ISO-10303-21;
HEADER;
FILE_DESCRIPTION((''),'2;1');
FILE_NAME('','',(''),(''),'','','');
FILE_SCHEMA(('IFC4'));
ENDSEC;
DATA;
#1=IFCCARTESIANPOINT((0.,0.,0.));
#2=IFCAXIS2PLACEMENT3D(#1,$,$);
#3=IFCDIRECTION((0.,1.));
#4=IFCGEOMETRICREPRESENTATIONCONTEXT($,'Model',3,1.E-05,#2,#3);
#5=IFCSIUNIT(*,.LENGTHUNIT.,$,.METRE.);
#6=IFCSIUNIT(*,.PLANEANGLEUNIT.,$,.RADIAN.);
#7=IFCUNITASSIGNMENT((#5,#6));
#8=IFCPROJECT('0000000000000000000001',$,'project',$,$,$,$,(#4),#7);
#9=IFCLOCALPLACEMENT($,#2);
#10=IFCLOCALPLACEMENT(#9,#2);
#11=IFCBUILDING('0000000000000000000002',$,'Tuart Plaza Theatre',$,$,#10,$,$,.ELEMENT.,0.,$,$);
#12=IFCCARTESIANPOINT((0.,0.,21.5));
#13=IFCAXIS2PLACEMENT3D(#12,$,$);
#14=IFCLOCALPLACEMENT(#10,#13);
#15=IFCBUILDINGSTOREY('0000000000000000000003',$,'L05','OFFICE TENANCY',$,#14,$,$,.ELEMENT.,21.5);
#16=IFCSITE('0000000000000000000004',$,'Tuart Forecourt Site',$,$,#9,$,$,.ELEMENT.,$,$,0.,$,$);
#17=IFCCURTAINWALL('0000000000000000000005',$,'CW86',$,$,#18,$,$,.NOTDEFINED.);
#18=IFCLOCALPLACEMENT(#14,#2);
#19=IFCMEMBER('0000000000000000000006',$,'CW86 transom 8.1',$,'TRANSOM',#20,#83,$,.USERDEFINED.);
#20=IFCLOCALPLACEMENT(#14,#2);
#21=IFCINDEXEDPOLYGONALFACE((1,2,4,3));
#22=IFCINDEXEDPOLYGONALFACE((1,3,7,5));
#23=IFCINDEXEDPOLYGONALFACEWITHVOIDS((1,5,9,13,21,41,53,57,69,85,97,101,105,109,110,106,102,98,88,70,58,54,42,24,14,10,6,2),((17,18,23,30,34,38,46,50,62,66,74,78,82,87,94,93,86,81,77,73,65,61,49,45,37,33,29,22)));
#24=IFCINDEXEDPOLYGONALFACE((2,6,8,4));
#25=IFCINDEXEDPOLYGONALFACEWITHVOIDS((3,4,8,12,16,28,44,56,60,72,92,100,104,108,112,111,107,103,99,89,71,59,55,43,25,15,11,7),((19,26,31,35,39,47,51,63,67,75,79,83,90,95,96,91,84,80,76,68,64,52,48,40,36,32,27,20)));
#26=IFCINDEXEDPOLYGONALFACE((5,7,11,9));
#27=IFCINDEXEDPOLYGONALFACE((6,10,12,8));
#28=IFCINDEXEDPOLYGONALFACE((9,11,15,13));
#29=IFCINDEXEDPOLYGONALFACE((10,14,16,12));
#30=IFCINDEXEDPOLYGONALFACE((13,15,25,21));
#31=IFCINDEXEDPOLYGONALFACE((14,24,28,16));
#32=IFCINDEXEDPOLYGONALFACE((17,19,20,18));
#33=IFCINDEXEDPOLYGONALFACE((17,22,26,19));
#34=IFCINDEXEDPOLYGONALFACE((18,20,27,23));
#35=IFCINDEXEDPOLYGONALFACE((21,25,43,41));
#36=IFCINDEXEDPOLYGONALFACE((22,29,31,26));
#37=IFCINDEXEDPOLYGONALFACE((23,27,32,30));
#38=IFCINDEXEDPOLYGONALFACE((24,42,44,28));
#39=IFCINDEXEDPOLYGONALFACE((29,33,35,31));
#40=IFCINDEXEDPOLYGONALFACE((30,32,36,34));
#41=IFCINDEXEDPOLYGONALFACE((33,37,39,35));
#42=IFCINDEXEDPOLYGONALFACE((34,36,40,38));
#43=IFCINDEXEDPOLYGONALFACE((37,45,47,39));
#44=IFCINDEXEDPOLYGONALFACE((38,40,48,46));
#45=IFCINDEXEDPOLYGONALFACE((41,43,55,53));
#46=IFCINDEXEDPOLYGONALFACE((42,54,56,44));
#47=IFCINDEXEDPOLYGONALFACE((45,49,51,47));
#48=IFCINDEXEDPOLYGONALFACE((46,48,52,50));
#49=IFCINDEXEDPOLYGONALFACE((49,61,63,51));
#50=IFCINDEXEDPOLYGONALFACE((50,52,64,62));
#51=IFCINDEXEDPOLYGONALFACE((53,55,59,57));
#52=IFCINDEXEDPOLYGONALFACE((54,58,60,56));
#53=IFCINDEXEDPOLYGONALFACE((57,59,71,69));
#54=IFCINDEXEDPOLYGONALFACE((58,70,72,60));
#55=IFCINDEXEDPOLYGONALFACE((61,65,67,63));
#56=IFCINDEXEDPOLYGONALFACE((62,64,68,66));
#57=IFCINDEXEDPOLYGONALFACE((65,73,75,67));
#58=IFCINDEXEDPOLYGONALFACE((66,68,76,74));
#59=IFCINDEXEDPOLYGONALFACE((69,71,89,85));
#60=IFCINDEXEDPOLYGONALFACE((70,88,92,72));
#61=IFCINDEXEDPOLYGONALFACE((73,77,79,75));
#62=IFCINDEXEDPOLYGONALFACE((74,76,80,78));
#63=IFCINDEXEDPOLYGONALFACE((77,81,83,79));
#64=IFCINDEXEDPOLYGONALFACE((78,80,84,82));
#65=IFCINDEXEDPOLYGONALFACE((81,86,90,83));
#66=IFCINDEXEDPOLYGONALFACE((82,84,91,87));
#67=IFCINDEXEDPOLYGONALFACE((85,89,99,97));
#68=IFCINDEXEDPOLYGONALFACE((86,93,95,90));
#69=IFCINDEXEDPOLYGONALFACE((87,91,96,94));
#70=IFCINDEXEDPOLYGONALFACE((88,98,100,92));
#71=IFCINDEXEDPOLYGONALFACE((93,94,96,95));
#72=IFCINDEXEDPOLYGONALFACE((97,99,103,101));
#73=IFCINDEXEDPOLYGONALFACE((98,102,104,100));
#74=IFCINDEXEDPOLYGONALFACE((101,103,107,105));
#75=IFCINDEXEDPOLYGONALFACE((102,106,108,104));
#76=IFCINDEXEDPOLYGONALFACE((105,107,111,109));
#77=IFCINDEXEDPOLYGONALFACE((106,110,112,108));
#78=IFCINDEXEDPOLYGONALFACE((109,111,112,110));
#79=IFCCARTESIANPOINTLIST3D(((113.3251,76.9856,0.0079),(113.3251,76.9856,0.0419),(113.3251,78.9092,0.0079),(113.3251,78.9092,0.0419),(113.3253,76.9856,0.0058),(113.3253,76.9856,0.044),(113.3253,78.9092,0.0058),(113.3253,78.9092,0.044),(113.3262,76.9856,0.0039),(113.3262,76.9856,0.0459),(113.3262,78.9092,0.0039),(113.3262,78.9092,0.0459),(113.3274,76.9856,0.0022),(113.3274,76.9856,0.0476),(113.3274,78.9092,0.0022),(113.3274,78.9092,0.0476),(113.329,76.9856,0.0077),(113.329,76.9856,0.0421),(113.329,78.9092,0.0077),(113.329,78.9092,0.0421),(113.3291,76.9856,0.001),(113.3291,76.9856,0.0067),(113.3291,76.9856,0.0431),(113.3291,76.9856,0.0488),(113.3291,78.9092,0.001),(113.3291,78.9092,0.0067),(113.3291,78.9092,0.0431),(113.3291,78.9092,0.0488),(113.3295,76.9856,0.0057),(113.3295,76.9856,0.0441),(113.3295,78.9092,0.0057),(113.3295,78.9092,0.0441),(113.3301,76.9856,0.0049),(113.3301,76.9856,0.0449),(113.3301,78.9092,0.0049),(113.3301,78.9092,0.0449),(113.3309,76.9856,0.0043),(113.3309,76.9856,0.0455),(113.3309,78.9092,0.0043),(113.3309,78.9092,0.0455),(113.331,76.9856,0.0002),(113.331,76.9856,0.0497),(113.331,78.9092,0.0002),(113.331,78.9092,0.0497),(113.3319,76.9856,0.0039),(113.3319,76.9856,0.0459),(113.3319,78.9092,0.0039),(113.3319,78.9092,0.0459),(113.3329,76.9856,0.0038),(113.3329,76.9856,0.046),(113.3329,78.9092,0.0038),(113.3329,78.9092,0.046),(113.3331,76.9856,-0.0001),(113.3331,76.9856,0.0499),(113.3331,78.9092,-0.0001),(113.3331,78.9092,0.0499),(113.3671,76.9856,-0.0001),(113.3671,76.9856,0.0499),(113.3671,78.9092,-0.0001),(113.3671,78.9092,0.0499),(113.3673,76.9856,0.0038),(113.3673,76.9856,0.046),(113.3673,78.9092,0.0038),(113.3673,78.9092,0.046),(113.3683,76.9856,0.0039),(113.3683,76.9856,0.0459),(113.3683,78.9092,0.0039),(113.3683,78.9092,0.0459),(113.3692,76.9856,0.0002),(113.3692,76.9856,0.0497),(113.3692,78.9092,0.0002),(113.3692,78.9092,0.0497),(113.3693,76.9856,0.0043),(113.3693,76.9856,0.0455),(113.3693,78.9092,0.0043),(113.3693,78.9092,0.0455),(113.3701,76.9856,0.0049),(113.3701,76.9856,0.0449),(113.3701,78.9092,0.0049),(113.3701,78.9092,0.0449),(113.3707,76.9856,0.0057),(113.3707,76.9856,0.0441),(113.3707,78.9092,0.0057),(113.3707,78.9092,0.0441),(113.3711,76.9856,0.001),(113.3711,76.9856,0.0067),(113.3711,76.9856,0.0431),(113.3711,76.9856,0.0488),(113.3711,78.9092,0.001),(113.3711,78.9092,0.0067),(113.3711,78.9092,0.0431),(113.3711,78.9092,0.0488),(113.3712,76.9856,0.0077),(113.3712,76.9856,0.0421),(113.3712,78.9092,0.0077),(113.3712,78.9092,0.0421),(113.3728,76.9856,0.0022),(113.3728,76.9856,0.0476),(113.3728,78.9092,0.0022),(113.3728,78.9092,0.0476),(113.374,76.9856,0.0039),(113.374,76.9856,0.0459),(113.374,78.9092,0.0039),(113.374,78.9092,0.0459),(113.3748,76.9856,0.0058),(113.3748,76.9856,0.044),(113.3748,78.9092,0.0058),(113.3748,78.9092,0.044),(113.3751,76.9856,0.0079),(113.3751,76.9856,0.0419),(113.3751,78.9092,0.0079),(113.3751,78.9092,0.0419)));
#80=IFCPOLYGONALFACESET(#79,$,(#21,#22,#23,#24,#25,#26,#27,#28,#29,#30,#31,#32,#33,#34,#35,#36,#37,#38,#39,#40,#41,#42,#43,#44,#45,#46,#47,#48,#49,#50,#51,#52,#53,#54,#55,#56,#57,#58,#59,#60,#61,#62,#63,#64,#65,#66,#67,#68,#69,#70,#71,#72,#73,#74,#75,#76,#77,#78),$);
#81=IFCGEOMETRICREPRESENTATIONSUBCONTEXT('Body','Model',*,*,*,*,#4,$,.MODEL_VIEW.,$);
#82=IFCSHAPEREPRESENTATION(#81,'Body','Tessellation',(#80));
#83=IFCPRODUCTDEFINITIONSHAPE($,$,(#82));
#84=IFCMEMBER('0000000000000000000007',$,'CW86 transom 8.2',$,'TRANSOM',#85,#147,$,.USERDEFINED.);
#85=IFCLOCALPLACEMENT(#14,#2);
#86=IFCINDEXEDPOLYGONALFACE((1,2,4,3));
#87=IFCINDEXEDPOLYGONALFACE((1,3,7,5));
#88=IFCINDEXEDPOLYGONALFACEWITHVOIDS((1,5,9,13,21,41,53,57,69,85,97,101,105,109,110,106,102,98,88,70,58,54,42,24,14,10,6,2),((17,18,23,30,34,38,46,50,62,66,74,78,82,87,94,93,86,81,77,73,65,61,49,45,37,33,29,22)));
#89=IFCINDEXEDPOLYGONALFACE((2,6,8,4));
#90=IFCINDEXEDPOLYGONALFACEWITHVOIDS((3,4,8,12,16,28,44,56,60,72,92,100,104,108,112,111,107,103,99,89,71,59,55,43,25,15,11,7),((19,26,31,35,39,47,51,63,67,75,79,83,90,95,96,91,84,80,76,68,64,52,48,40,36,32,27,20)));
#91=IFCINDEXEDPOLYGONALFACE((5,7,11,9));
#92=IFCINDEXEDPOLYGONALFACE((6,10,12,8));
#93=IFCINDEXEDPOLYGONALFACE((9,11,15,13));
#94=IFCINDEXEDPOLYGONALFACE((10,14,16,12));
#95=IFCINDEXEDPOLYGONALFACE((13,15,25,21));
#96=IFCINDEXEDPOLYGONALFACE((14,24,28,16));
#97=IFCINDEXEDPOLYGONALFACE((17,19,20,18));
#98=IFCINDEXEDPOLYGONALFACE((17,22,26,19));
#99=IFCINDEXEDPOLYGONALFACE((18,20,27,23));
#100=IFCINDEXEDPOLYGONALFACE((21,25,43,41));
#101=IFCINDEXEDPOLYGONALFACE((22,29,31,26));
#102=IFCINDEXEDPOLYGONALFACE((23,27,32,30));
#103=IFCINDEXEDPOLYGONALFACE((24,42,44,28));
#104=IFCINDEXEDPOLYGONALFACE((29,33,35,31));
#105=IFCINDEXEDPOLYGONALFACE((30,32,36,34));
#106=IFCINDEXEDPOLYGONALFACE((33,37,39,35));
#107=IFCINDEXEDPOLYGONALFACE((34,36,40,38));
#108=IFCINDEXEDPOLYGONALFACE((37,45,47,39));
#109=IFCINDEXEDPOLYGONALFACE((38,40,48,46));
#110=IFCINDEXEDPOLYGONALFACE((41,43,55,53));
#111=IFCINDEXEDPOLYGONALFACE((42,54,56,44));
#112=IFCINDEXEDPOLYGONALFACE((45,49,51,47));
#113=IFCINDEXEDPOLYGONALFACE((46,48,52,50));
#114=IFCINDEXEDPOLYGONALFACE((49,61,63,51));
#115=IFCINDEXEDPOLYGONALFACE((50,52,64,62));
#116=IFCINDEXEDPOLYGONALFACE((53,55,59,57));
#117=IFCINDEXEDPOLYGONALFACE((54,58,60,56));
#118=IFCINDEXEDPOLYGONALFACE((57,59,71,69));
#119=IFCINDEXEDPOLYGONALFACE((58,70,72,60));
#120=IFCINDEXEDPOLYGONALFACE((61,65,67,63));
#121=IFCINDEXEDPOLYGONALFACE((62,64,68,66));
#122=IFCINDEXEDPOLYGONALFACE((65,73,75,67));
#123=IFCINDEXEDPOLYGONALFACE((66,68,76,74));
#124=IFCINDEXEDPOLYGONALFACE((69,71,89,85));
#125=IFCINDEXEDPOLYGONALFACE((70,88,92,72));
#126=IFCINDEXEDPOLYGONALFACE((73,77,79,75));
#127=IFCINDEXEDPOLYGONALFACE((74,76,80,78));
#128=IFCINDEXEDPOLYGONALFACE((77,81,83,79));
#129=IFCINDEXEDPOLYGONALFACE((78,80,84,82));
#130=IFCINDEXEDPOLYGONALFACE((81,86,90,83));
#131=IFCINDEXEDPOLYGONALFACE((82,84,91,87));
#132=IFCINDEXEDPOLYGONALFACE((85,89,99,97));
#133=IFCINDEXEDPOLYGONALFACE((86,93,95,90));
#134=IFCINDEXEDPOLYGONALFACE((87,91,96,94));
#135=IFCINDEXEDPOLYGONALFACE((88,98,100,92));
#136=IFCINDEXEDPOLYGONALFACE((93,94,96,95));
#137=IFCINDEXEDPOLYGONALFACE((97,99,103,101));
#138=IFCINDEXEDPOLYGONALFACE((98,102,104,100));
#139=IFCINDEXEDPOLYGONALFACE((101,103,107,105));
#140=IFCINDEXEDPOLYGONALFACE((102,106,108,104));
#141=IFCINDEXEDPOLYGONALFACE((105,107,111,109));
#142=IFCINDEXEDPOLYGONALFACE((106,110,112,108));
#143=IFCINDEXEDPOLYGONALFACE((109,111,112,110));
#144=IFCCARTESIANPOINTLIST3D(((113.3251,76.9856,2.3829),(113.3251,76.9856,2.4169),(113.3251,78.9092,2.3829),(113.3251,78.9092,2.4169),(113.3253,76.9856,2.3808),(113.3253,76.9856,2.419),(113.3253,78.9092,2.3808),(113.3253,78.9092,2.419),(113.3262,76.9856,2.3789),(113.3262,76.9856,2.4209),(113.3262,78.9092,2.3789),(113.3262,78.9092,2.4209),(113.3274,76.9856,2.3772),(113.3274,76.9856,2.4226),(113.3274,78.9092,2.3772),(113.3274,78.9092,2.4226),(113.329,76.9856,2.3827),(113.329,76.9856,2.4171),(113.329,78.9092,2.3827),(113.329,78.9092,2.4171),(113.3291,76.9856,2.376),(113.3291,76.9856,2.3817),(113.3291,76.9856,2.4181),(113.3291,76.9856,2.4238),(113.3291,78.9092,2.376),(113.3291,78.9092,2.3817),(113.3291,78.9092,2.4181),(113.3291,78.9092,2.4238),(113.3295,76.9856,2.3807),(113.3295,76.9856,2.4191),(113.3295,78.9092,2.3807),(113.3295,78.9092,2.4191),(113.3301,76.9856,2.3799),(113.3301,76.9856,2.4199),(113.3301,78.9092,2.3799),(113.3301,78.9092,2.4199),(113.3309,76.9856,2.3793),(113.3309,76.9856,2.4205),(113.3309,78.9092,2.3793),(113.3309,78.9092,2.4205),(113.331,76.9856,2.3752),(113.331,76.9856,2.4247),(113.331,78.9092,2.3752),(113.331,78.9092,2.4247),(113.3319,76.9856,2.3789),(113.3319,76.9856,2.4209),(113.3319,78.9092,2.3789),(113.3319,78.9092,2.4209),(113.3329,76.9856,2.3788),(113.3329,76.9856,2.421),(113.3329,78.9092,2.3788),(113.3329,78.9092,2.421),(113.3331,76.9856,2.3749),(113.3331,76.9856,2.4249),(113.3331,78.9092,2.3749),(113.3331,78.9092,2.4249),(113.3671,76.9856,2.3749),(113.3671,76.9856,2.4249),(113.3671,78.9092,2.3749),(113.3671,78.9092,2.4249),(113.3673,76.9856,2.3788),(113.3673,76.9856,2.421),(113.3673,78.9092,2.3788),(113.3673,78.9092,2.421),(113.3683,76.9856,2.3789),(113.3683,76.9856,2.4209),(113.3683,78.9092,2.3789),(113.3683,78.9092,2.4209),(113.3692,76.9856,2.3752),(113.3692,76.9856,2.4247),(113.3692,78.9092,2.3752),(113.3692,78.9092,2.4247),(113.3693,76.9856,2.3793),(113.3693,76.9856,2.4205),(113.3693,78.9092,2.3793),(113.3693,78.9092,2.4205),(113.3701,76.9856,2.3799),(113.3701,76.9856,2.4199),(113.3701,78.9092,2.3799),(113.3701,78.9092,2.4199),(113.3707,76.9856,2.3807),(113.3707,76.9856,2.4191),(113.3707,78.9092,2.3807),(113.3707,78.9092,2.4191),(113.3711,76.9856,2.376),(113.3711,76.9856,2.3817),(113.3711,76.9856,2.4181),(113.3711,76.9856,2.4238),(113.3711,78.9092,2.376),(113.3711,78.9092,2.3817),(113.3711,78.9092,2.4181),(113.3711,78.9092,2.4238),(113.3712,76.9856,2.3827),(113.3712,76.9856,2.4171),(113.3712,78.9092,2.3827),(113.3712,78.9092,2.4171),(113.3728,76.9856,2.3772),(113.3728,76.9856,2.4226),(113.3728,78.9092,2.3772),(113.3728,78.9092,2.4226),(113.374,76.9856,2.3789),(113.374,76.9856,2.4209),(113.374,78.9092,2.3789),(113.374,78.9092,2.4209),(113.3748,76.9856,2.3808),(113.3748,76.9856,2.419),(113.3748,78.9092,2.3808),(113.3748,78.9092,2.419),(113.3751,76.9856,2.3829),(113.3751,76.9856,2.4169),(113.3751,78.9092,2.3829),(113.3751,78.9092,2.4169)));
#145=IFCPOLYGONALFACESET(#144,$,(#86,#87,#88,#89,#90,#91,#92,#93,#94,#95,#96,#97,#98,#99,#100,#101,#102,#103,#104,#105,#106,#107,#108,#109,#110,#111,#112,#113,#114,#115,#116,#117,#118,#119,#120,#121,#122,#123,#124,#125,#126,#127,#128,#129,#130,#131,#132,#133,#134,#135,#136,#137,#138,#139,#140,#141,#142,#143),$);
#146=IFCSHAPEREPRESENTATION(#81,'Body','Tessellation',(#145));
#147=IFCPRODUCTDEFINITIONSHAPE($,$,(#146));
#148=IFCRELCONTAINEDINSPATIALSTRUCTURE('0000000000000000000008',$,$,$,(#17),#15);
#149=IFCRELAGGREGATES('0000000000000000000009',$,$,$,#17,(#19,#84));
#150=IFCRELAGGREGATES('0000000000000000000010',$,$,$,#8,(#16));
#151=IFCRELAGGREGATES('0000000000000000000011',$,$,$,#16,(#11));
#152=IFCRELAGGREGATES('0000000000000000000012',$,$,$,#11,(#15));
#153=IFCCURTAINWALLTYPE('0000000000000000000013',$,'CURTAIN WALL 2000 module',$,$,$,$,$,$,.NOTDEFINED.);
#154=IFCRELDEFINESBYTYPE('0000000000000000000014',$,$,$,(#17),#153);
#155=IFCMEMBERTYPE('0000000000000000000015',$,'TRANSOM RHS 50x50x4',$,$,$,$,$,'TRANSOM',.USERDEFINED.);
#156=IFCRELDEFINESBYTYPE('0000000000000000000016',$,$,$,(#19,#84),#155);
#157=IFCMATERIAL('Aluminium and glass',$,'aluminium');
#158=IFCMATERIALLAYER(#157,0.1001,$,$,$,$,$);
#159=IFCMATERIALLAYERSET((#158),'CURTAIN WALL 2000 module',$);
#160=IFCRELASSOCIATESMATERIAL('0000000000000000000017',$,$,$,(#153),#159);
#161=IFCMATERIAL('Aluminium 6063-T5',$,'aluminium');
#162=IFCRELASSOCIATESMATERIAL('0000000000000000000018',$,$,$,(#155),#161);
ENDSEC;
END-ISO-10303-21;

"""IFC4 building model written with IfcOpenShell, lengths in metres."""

from ifc_helpers import new_model, si_unit, direction, frame, origin, origin_2d, place, context, subcontext, project, spatial, hollow_rectangle, extrude, material, layer, layer_set, material_profile, profile_set, type_object, element, aggregate, save


model = new_model("IFC4")

# Units and contexts
model_context = context("Model", 3, precision=1e-05, world=origin(), true_north=direction((0.0, 1.0)))
body_context = subcontext(model_context, "Body", "Model", "MODEL_VIEW")
ifc_project = project(units=[si_unit("LENGTHUNIT", "METRE"), si_unit("PLANEANGLEUNIT", "RADIAN")], contexts=[model_context])

# Site, building, storey
site_placement = place(None, origin())
site = spatial("IfcSite", under=ifc_project, at=site_placement, Name="Tuart Forecourt Site", CompositionType="ELEMENT", RefElevation=0.0)
building_placement = place(site_placement, origin())
building = spatial("IfcBuilding", under=site, at=building_placement, Name="Tuart Plaza Theatre", CompositionType="ELEMENT", ElevationOfRefHeight=0.0)
storey_placement = place(building_placement, frame((0.0, 0.0, 21.5)))
storey = spatial("IfcBuildingStorey", under=building, at=storey_placement, Name="L05", Description="OFFICE TENANCY", CompositionType="ELEMENT", Elevation=21.5)

# Curtain wall, members
ifc_material_1 = material(Name="Aluminium and glass", Category="aluminium")
ifc_layer_1 = layer(ifc_material_1, 0.1001)
ifc_layer_set_1 = layer_set([ifc_layer_1], Name="CURTAIN WALL 2000 module")
curtain_wall_type = type_object("IfcCurtainWallType", Name="CURTAIN WALL 2000 module", PredefinedType="NOTDEFINED", material=ifc_layer_set_1)
curtain_wall_placement = place(storey_placement, origin())
curtain_wall = element("IfcCurtainWall", 1, at=curtain_wall_placement, inside=storey, type_object=curtain_wall_type, Name="CW86", PredefinedType="NOTDEFINED")
ifc_material_2 = material(Name="Aluminium 6063-T5", Category="aluminium")
ifc_material_profile_1 = material_profile(ifc_material_2, hollow_rectangle(XDim=0.05, YDim=0.05, WallThickness=0.0039, InnerFilletRadius=0.0039, OuterFilletRadius=0.0081, at=origin_2d()), Name="RHS 50x50x4")
ifc_profile_set_1 = profile_set([ifc_material_profile_1], Name="Aluminium 6063-T5")
member_type_1 = type_object("IfcMemberType", Name="TRANSOM RHS 50x50x4", ElementType="TRANSOM", PredefinedType="USERDEFINED", material=ifc_profile_set_1)
member_1_placement = place(storey_placement, frame((113.3501, 78.9092, 0.0249), z_axis=(0.0, -1.0, 0.0), x_axis=(1.0, 0.0, 0.0)))
member_1 = element("IfcMember", 2, at=member_1_placement, type_object=member_type_1, Name="CW86 transom 8.1", ObjectType="TRANSOM", PredefinedType="USERDEFINED", context=body_context, shape_type="SweptSolid", body=[
    extrude(hollow_rectangle(XDim=0.05, YDim=0.05, WallThickness=0.0039, InnerFilletRadius=0.0039, OuterFilletRadius=0.0081, at=origin_2d()), origin(), (0.0, 0.0, 1.0), 1.9236),
])
member_2_placement = place(storey_placement, frame((113.3501, 78.9092, 2.3999), z_axis=(0.0, -1.0, 0.0), x_axis=(1.0, 0.0, 0.0)))
member_2 = element("IfcMember", 3, at=member_2_placement, type_object=member_type_1, Name="CW86 transom 8.2", ObjectType="TRANSOM", PredefinedType="USERDEFINED", context=body_context, shape_type="SweptSolid", body=[
    extrude(hollow_rectangle(XDim=0.05, YDim=0.05, WallThickness=0.0039, InnerFilletRadius=0.0039, OuterFilletRadius=0.0081, at=origin_2d()), origin(), (0.0, 0.0, 1.0), 1.9236),
])
aggregate(curtain_wall, [member_1, member_2])

save(model, "model.ifc")
